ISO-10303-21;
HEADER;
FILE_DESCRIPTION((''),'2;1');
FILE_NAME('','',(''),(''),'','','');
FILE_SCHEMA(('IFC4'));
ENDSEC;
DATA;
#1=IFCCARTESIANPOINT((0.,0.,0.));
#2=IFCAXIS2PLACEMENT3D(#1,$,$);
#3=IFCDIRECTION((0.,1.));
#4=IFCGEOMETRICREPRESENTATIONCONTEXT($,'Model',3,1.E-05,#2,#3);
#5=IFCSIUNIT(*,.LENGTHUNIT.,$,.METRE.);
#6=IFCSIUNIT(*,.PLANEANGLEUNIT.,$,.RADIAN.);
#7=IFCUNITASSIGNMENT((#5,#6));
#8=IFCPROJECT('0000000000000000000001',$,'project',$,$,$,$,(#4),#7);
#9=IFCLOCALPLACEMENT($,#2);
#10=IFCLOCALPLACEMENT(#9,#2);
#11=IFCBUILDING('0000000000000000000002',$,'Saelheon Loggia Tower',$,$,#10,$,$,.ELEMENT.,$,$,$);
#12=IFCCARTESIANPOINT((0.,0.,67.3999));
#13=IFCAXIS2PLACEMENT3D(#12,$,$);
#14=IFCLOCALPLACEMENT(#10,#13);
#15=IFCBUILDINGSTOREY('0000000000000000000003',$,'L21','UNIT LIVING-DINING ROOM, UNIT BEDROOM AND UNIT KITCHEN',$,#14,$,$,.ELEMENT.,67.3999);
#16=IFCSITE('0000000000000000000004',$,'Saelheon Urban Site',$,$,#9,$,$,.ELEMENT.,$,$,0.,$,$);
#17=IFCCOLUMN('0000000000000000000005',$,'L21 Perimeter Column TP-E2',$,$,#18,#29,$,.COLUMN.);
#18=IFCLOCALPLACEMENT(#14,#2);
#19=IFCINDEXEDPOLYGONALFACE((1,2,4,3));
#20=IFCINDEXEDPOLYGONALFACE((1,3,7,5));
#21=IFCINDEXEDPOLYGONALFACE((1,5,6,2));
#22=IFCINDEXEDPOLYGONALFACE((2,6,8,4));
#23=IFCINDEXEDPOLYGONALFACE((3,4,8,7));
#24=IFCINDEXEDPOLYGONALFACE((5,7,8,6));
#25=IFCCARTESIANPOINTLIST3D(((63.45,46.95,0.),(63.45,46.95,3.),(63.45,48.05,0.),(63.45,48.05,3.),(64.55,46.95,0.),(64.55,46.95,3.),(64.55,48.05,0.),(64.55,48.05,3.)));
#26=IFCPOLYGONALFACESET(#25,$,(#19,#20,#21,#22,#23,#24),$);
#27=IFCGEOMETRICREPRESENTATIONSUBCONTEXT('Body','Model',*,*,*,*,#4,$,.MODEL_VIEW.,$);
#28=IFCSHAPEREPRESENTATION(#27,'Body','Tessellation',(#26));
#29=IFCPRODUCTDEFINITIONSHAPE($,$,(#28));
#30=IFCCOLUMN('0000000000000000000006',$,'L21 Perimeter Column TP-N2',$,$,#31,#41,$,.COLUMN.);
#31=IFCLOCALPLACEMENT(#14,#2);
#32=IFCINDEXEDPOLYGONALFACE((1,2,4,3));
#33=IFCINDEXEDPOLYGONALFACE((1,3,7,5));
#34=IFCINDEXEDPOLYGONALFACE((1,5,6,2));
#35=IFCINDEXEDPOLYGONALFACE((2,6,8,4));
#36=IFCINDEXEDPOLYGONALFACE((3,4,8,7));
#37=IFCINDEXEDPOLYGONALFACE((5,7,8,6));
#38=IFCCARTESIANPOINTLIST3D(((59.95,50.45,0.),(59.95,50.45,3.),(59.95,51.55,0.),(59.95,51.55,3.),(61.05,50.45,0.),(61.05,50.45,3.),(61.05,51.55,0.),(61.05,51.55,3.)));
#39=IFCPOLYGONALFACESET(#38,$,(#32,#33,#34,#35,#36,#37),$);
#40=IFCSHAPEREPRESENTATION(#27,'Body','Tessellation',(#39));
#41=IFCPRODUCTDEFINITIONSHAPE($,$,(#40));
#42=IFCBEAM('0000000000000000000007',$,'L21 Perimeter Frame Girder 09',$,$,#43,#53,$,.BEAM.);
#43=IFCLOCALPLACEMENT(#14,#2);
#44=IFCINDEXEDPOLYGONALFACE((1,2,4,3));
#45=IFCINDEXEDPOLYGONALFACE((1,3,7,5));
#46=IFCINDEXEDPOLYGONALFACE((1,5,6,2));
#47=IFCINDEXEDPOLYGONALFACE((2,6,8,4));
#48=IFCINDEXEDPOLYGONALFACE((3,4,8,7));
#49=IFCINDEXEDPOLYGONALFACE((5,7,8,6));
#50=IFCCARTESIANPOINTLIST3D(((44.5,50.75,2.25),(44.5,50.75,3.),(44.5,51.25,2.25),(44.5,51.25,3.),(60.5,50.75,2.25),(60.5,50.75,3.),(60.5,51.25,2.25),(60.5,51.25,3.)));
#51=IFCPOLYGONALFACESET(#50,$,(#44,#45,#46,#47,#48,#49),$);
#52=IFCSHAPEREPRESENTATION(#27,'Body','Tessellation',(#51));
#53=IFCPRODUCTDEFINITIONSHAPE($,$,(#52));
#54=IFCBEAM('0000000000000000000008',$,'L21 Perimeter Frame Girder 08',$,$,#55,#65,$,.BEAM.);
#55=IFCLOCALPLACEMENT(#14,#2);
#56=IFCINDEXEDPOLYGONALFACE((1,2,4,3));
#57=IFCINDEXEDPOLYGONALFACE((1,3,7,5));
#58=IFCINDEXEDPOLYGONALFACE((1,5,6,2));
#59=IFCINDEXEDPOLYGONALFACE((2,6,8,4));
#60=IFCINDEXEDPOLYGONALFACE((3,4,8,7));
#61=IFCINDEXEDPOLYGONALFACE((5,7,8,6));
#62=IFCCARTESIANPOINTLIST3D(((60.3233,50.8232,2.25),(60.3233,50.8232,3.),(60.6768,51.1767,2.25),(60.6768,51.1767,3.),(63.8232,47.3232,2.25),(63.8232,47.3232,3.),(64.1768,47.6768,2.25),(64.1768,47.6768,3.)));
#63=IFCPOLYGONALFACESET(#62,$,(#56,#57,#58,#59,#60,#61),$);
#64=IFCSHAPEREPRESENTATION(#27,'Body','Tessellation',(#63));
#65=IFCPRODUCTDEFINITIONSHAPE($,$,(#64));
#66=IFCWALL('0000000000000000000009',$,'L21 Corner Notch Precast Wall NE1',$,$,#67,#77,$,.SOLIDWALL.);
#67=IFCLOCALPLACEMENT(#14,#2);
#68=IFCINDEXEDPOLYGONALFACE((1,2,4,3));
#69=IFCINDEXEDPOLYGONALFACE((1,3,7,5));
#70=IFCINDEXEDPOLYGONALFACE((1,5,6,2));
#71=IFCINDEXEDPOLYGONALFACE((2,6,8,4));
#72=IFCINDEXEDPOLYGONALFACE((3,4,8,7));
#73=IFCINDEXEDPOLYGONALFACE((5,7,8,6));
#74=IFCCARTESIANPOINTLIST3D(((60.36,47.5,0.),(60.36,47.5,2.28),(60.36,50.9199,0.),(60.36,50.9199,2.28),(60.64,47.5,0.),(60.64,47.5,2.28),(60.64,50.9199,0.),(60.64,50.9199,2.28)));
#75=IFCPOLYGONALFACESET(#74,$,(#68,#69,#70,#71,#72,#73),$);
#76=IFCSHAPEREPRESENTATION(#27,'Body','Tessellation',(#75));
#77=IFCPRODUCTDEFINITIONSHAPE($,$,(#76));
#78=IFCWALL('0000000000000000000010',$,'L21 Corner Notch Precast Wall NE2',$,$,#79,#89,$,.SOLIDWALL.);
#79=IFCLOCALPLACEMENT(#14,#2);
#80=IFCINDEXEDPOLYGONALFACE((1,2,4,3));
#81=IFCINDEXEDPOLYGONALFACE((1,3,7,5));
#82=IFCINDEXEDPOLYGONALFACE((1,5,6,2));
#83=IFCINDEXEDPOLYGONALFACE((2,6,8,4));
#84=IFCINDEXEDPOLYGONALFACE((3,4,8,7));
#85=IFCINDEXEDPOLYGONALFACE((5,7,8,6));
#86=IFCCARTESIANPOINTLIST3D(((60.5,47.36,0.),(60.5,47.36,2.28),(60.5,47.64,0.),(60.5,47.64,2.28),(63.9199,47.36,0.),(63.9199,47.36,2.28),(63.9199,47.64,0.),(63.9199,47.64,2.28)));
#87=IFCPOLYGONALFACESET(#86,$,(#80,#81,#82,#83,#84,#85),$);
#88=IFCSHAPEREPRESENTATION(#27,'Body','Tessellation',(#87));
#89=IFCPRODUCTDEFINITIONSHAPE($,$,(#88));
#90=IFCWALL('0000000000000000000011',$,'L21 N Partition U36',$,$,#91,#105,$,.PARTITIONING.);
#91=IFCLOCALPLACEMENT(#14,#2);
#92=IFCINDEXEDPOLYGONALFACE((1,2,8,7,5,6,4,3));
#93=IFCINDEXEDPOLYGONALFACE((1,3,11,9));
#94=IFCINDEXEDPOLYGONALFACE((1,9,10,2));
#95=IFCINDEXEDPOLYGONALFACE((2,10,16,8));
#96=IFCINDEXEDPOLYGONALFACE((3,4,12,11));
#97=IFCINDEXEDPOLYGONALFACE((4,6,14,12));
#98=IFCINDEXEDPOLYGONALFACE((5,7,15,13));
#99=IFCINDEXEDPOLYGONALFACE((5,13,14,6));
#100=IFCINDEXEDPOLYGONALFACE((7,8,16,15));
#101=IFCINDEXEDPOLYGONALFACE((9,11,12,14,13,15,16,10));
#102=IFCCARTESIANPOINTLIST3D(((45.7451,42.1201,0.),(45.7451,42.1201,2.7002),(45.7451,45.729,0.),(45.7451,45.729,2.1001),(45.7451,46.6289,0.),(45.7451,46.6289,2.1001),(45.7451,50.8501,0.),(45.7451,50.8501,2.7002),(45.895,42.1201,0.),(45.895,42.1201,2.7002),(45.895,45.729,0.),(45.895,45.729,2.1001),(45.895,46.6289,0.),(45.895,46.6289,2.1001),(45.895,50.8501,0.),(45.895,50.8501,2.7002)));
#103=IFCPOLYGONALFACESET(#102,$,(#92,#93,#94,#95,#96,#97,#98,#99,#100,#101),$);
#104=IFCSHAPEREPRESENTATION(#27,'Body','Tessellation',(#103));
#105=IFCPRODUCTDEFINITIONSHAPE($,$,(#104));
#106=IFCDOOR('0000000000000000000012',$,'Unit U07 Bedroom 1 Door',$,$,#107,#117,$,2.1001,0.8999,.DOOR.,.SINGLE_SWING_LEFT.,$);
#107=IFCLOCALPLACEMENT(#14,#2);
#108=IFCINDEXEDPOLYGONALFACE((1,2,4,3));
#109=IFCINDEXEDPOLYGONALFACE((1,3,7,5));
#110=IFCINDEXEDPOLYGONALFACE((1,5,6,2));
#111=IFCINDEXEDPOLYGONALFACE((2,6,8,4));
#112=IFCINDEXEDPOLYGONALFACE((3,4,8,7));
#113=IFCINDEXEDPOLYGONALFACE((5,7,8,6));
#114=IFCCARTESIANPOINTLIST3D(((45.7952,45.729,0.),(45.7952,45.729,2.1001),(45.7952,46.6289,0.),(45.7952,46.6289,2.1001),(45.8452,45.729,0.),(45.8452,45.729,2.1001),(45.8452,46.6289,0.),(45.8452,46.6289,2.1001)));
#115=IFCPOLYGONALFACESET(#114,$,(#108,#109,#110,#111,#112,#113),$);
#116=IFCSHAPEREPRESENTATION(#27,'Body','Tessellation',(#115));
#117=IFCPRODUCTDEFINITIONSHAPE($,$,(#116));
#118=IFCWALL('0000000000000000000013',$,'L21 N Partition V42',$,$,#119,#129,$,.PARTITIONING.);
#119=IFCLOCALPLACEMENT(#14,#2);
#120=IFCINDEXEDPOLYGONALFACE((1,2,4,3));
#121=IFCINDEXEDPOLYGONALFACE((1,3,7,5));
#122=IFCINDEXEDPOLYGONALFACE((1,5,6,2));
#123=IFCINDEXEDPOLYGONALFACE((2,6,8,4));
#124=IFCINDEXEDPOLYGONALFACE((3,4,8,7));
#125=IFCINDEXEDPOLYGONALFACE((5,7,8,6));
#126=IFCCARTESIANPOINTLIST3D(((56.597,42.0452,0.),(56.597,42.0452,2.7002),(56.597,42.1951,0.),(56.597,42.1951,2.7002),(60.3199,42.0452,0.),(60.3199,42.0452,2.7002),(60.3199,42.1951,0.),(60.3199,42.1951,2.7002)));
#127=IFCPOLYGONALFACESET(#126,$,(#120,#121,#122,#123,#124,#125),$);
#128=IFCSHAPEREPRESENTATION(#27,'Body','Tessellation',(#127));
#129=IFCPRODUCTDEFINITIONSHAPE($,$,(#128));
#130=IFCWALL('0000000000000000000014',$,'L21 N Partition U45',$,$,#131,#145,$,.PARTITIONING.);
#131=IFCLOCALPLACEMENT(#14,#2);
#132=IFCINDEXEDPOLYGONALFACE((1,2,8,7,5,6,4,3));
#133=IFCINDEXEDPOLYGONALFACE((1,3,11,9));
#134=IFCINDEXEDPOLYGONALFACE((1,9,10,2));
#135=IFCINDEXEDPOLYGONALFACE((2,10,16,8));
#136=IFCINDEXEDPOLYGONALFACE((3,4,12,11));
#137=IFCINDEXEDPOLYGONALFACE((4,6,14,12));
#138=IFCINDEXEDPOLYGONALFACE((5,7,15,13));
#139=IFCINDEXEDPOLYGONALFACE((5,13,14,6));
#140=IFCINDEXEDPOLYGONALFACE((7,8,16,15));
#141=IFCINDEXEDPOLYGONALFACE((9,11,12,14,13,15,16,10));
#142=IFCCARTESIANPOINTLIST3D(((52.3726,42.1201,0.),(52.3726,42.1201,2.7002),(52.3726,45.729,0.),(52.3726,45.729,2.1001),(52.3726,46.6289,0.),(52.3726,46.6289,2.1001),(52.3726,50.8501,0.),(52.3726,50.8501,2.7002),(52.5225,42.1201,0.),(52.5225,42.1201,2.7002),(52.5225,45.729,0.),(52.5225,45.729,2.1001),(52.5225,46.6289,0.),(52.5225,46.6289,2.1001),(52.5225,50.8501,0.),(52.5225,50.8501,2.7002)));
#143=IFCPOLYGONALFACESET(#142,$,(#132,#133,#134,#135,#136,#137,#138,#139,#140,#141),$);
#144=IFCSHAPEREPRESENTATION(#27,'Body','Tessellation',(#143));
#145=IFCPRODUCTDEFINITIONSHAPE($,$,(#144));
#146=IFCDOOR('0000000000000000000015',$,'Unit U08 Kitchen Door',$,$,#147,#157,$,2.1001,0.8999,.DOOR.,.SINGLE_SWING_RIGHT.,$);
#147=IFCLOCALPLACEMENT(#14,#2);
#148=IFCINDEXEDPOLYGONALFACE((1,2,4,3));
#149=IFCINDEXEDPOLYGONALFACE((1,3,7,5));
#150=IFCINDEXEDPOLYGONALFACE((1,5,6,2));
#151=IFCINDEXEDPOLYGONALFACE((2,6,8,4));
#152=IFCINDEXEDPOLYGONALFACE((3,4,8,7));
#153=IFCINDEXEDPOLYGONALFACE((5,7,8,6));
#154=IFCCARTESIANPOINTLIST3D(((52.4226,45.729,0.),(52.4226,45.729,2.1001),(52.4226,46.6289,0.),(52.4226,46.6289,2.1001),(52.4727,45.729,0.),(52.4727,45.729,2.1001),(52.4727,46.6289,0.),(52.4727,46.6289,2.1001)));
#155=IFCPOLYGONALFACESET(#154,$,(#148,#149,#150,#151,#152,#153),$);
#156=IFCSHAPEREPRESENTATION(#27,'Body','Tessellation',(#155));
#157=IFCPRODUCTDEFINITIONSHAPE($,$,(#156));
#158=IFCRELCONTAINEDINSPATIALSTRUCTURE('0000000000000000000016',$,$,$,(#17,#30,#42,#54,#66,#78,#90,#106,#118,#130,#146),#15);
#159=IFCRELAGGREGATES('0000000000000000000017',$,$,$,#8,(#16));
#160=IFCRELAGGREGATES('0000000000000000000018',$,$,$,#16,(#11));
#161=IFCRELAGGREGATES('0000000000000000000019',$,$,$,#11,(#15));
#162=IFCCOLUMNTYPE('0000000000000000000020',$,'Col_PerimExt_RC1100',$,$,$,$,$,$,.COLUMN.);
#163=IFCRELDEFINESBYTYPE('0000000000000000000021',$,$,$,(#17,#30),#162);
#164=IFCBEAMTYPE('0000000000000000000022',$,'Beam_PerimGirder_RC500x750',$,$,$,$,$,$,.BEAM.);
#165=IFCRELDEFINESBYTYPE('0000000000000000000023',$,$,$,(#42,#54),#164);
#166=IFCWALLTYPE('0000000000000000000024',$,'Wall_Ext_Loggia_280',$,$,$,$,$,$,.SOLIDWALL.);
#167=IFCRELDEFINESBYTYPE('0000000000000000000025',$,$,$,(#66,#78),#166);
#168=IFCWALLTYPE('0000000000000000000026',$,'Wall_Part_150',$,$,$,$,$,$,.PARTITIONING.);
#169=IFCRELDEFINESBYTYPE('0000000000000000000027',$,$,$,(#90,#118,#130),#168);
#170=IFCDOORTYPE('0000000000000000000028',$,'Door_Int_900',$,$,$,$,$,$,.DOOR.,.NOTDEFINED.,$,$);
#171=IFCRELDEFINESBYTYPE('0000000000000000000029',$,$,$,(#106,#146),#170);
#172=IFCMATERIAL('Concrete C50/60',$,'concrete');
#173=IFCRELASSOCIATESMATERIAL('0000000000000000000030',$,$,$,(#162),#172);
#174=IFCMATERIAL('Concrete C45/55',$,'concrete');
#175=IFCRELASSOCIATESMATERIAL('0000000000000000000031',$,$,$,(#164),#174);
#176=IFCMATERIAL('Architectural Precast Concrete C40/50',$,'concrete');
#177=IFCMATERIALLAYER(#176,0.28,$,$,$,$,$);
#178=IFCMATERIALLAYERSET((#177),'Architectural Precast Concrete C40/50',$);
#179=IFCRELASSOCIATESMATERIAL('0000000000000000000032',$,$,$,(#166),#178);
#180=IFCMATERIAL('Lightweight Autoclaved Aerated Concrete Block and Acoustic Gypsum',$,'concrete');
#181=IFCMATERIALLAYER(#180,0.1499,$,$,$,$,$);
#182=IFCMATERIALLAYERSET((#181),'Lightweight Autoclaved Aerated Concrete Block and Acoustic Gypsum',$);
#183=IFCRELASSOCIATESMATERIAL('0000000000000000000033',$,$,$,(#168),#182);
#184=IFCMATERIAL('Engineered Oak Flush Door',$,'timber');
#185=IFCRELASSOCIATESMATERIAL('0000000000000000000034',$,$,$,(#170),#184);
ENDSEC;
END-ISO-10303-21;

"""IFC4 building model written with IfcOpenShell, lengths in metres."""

from ifc_helpers import new_model, si_unit, direction, frame, frame_2d, origin, origin_2d, place, context, subcontext, project, spatial, rectangle, extrude, source, transform, mapped, material, layer, layer_set, material_profile, profile_set, type_object, element, fill, save


model = new_model("IFC4")

# Units and contexts
model_context = context("Model", 3, precision=1e-05, world=origin(), true_north=direction((0.0, 1.0)))
body_context = subcontext(model_context, "Body", "Model", "MODEL_VIEW")
ifc_project = project(units=[si_unit("LENGTHUNIT", "METRE"), si_unit("PLANEANGLEUNIT", "RADIAN")], contexts=[model_context])

# Site, building, storey
site_placement = place(None, origin())
site = spatial("IfcSite", under=ifc_project, at=site_placement, Name="Saelheon Urban Site", CompositionType="ELEMENT", RefElevation=0.0)
building_placement = place(site_placement, origin())
building = spatial("IfcBuilding", under=site, at=building_placement, Name="Saelheon Loggia Tower", CompositionType="ELEMENT")
storey_placement = place(building_placement, frame((0.0, 0.0, 67.3999)))
storey = spatial("IfcBuildingStorey", under=building, at=storey_placement, Name="L21", Description="UNIT LIVING-DINING ROOM, UNIT BEDROOM AND UNIT KITCHEN", CompositionType="ELEMENT", Elevation=67.3999)

# Columns
ifc_material_1 = material(Name="Concrete C50/60", Category="concrete")
ifc_material_profile_1 = material_profile(ifc_material_1, rectangle(XDim=1.1001, YDim=1.1001, at=origin_2d()), Name="RC-1100x1100")
ifc_profile_set_1 = profile_set([ifc_material_profile_1], Name="Concrete C50/60")
column_type = type_object("IfcColumnType", Name="Col_PerimExt_RC1100", PredefinedType="COLUMN", material=ifc_profile_set_1)
shared_shape_1 = source(origin(), body_context, "Body", "SweptSolid", [
    extrude(rectangle(XDim=1.1001, YDim=1.1001, at=origin_2d()), origin(), (0.0, 0.0, 1.0), 3.0),
])
for number, where, z_axis, x_axis, name in (
    (1, (64.0, 47.5, 0.0), (0.0, 0.0, 1.0), (1.0, 0.0, 0.0), "L21 Perimeter Column TP-E2"),
    (2, (60.5, 51.0, 0.0), (0.0, 0.0, 1.0), (1.0, 0.0, 0.0), "L21 Perimeter Column TP-N2"),
):
    element("IfcColumn", number, at=place(storey_placement, frame(where, z_axis=z_axis, x_axis=x_axis)), inside=storey, type_object=column_type, Name=name, PredefinedType="COLUMN", context=body_context, shape_type="MappedRepresentation", body=[
        mapped(shared_shape_1, transform((0.0, 0.0, 0.0), scale=1.0)),
    ])

# Beams
ifc_material_2 = material(Name="Concrete C45/55", Category="concrete")
ifc_material_profile_2 = material_profile(ifc_material_2, rectangle(XDim=0.5, YDim=0.75, at=origin_2d()), Name="RC-500x750")
ifc_profile_set_2 = profile_set([ifc_material_profile_2], Name="Concrete C45/55")
beam_type = type_object("IfcBeamType", Name="Beam_PerimGirder_RC500x750", PredefinedType="BEAM", material=ifc_profile_set_2)
shared_shape_2 = source(origin(), body_context, "Body", "SweptSolid", [
    extrude(rectangle(XDim=0.5, YDim=0.75, at=origin_2d()), origin(), (0.0, 0.0, 1.0), 16.0),
])
beam_1_placement = place(storey_placement, frame((60.5, 51.0, 2.625), z_axis=(-1.0, 0.0, 0.0), x_axis=(0.0, -1.0, 0.0)))
element("IfcBeam", 3, at=beam_1_placement, inside=storey, type_object=beam_type, Name="L21 Perimeter Frame Girder 09", PredefinedType="BEAM", context=body_context, shape_type="MappedRepresentation", body=[
    mapped(shared_shape_2, transform((0.0, 0.0, 0.0), scale=1.0)),
])
shared_shape_3 = source(origin(), body_context, "Body", "SweptSolid", [
    extrude(rectangle(XDim=0.5, YDim=0.75, at=origin_2d()), origin(), (0.0, 0.0, 1.0), 4.9497),
])
beam_2_placement = place(storey_placement, frame((64.0, 47.5, 2.625), z_axis=(-0.707107, 0.707107, 0.0), x_axis=(-0.707107, -0.707107, 0.0)))
element("IfcBeam", 4, at=beam_2_placement, inside=storey, type_object=beam_type, Name="L21 Perimeter Frame Girder 08", PredefinedType="BEAM", context=body_context, shape_type="MappedRepresentation", body=[
    mapped(shared_shape_3, transform((0.0, 0.0, 0.0), scale=1.0)),
])

# Walls
ifc_material_3 = material(Name="Architectural Precast Concrete C40/50", Category="concrete")
ifc_layer_1 = layer(ifc_material_3, 0.28)
ifc_layer_set_1 = layer_set([ifc_layer_1], Name="Architectural Precast Concrete C40/50")
wall_type_1 = type_object("IfcWallType", Name="Wall_Ext_Loggia_280", PredefinedType="SOLIDWALL", material=ifc_layer_set_1)
for number, where, z_axis, x_axis, name in (
    (5, (60.5, 47.5, 0.0), (0.0, 0.0, 1.0), (0.0, 1.0, 0.0), "L21 Corner Notch Precast Wall NE1"),
    (6, (60.5, 47.5, 0.0), (0.0, 0.0, 1.0), (1.0, 0.0, 0.0), "L21 Corner Notch Precast Wall NE2"),
):
    element("IfcWall", number, at=place(storey_placement, frame(where, z_axis=z_axis, x_axis=x_axis)), inside=storey, type_object=wall_type_1, Name=name, PredefinedType="SOLIDWALL", context=body_context, shape_type="SweptSolid", body=[
        extrude(rectangle(XDim=3.4199, YDim=0.28, at=frame_2d((1.71, 0.0))), origin(), (0.0, 0.0, 1.0), 2.28),
    ])

# Wall, opening, door
ifc_material_4 = material(Name="Lightweight Autoclaved Aerated Concrete Block and Acoustic Gypsum", Category="concrete")
ifc_layer_2 = layer(ifc_material_4, 0.1499)
ifc_layer_set_2 = layer_set([ifc_layer_2], Name="Lightweight Autoclaved Aerated Concrete Block and Acoustic Gypsum")
wall_type_2 = type_object("IfcWallType", Name="Wall_Part_150", PredefinedType="PARTITIONING", material=ifc_layer_set_2)
wall_1_placement = place(storey_placement, frame((45.8201, 42.1201, 0.0), z_axis=(0.0, 0.0, 1.0), x_axis=(0.0, 1.0, 0.0)))
wall_1 = element("IfcWall", 7, at=wall_1_placement, inside=storey, type_object=wall_type_2, Name="L21 N Partition U36", PredefinedType="PARTITIONING", context=body_context, shape_type="SweptSolid", body=[
    extrude(rectangle(XDim=8.73, YDim=0.1499, at=frame_2d((4.365, 0.0))), origin(), (0.0, 0.0, 1.0), 2.7002),
])
opening_1_placement = place(wall_1_placement, frame((3.6089, 0.0, 0.0)))
opening_1 = element("IfcOpeningElement", 8, at=opening_1_placement, cuts=wall_1, PredefinedType="OPENING", context=body_context, shape_type="SweptSolid", body=[
    extrude(rectangle(XDim=0.8999, YDim=2.1001, at=frame_2d((0.45, 1.05))), frame((0.0, 0.0869, 0.0), z_axis=(0.0, -1.0, 0.0), x_axis=(1.0, 0.0, 0.0)), (0.0, 0.0, 1.0), 0.1738),
])
ifc_material_5 = material(Name="Engineered Oak Flush Door", Category="timber")
door_type_1 = type_object("IfcDoorType", Name="Door_Int_900", OperationType="NOTDEFINED", PredefinedType="DOOR", material=ifc_material_5)
shared_shape_4 = source(origin(), body_context, "Body", "SweptSolid", [
    extrude(rectangle(XDim=0.8999, YDim=2.1001, at=frame_2d((0.45, 1.05))), frame((0.0, 0.0249, 0.0), z_axis=(0.0, -1.0, 0.0), x_axis=(1.0, 0.0, 0.0)), (0.0, 0.0, 1.0), 0.05),
])
door_1_placement = place(opening_1_placement, origin())
door_1 = element("IfcDoor", 9, at=door_1_placement, inside=storey, type_object=door_type_1, Name="Unit U07 Bedroom 1 Door", OperationType="SINGLE_SWING_LEFT", OverallHeight=2.1001, OverallWidth=0.8999, PredefinedType="DOOR", context=body_context, shape_type="MappedRepresentation", body=[
    mapped(shared_shape_4, transform((0.0, 0.0, 0.0), scale=1.0)),
])
fill(opening_1, door_1)

# Wall
wall_2_placement = place(storey_placement, frame((56.5972, 42.1201, 0.0), z_axis=(0.0, 0.0, 1.0), x_axis=(1.0, 0.0, 0.0)))
element("IfcWall", 10, at=wall_2_placement, inside=storey, type_object=wall_type_2, Name="L21 N Partition V42", PredefinedType="PARTITIONING", context=body_context, shape_type="SweptSolid", body=[
    extrude(rectangle(XDim=3.7229, YDim=0.1499, at=frame_2d((1.8613, 0.0))), origin(), (0.0, 0.0, 1.0), 2.7002),
])

# Wall, opening, door
wall_3_placement = place(storey_placement, frame((52.4475, 42.1201, 0.0), z_axis=(0.0, 0.0, 1.0), x_axis=(0.0, 1.0, 0.0)))
wall_3 = element("IfcWall", 11, at=wall_3_placement, inside=storey, type_object=wall_type_2, Name="L21 N Partition U45", PredefinedType="PARTITIONING", context=body_context, shape_type="SweptSolid", body=[
    extrude(rectangle(XDim=8.73, YDim=0.1499, at=frame_2d((4.365, 0.0))), origin(), (0.0, 0.0, 1.0), 2.7002),
])
opening_2_placement = place(wall_3_placement, frame((3.6089, 0.0, 0.0)))
opening_2 = element("IfcOpeningElement", 12, at=opening_2_placement, cuts=wall_3, PredefinedType="OPENING", context=body_context, shape_type="SweptSolid", body=[
    extrude(rectangle(XDim=0.8999, YDim=2.1001, at=frame_2d((0.45, 1.05))), frame((0.0, 0.0869, 0.0), z_axis=(0.0, -1.0, 0.0), x_axis=(1.0, 0.0, 0.0)), (0.0, 0.0, 1.0), 0.1738),
])
door_2_placement = place(opening_2_placement, origin())
door_2 = element("IfcDoor", 13, at=door_2_placement, inside=storey, type_object=door_type_1, Name="Unit U08 Kitchen Door", OperationType="SINGLE_SWING_RIGHT", OverallHeight=2.1001, OverallWidth=0.8999, PredefinedType="DOOR", context=body_context, shape_type="MappedRepresentation", body=[
    mapped(shared_shape_4, transform((0.0, 0.0, 0.0), scale=1.0)),
])
fill(opening_2, door_2)

save(model, "model.ifc")
